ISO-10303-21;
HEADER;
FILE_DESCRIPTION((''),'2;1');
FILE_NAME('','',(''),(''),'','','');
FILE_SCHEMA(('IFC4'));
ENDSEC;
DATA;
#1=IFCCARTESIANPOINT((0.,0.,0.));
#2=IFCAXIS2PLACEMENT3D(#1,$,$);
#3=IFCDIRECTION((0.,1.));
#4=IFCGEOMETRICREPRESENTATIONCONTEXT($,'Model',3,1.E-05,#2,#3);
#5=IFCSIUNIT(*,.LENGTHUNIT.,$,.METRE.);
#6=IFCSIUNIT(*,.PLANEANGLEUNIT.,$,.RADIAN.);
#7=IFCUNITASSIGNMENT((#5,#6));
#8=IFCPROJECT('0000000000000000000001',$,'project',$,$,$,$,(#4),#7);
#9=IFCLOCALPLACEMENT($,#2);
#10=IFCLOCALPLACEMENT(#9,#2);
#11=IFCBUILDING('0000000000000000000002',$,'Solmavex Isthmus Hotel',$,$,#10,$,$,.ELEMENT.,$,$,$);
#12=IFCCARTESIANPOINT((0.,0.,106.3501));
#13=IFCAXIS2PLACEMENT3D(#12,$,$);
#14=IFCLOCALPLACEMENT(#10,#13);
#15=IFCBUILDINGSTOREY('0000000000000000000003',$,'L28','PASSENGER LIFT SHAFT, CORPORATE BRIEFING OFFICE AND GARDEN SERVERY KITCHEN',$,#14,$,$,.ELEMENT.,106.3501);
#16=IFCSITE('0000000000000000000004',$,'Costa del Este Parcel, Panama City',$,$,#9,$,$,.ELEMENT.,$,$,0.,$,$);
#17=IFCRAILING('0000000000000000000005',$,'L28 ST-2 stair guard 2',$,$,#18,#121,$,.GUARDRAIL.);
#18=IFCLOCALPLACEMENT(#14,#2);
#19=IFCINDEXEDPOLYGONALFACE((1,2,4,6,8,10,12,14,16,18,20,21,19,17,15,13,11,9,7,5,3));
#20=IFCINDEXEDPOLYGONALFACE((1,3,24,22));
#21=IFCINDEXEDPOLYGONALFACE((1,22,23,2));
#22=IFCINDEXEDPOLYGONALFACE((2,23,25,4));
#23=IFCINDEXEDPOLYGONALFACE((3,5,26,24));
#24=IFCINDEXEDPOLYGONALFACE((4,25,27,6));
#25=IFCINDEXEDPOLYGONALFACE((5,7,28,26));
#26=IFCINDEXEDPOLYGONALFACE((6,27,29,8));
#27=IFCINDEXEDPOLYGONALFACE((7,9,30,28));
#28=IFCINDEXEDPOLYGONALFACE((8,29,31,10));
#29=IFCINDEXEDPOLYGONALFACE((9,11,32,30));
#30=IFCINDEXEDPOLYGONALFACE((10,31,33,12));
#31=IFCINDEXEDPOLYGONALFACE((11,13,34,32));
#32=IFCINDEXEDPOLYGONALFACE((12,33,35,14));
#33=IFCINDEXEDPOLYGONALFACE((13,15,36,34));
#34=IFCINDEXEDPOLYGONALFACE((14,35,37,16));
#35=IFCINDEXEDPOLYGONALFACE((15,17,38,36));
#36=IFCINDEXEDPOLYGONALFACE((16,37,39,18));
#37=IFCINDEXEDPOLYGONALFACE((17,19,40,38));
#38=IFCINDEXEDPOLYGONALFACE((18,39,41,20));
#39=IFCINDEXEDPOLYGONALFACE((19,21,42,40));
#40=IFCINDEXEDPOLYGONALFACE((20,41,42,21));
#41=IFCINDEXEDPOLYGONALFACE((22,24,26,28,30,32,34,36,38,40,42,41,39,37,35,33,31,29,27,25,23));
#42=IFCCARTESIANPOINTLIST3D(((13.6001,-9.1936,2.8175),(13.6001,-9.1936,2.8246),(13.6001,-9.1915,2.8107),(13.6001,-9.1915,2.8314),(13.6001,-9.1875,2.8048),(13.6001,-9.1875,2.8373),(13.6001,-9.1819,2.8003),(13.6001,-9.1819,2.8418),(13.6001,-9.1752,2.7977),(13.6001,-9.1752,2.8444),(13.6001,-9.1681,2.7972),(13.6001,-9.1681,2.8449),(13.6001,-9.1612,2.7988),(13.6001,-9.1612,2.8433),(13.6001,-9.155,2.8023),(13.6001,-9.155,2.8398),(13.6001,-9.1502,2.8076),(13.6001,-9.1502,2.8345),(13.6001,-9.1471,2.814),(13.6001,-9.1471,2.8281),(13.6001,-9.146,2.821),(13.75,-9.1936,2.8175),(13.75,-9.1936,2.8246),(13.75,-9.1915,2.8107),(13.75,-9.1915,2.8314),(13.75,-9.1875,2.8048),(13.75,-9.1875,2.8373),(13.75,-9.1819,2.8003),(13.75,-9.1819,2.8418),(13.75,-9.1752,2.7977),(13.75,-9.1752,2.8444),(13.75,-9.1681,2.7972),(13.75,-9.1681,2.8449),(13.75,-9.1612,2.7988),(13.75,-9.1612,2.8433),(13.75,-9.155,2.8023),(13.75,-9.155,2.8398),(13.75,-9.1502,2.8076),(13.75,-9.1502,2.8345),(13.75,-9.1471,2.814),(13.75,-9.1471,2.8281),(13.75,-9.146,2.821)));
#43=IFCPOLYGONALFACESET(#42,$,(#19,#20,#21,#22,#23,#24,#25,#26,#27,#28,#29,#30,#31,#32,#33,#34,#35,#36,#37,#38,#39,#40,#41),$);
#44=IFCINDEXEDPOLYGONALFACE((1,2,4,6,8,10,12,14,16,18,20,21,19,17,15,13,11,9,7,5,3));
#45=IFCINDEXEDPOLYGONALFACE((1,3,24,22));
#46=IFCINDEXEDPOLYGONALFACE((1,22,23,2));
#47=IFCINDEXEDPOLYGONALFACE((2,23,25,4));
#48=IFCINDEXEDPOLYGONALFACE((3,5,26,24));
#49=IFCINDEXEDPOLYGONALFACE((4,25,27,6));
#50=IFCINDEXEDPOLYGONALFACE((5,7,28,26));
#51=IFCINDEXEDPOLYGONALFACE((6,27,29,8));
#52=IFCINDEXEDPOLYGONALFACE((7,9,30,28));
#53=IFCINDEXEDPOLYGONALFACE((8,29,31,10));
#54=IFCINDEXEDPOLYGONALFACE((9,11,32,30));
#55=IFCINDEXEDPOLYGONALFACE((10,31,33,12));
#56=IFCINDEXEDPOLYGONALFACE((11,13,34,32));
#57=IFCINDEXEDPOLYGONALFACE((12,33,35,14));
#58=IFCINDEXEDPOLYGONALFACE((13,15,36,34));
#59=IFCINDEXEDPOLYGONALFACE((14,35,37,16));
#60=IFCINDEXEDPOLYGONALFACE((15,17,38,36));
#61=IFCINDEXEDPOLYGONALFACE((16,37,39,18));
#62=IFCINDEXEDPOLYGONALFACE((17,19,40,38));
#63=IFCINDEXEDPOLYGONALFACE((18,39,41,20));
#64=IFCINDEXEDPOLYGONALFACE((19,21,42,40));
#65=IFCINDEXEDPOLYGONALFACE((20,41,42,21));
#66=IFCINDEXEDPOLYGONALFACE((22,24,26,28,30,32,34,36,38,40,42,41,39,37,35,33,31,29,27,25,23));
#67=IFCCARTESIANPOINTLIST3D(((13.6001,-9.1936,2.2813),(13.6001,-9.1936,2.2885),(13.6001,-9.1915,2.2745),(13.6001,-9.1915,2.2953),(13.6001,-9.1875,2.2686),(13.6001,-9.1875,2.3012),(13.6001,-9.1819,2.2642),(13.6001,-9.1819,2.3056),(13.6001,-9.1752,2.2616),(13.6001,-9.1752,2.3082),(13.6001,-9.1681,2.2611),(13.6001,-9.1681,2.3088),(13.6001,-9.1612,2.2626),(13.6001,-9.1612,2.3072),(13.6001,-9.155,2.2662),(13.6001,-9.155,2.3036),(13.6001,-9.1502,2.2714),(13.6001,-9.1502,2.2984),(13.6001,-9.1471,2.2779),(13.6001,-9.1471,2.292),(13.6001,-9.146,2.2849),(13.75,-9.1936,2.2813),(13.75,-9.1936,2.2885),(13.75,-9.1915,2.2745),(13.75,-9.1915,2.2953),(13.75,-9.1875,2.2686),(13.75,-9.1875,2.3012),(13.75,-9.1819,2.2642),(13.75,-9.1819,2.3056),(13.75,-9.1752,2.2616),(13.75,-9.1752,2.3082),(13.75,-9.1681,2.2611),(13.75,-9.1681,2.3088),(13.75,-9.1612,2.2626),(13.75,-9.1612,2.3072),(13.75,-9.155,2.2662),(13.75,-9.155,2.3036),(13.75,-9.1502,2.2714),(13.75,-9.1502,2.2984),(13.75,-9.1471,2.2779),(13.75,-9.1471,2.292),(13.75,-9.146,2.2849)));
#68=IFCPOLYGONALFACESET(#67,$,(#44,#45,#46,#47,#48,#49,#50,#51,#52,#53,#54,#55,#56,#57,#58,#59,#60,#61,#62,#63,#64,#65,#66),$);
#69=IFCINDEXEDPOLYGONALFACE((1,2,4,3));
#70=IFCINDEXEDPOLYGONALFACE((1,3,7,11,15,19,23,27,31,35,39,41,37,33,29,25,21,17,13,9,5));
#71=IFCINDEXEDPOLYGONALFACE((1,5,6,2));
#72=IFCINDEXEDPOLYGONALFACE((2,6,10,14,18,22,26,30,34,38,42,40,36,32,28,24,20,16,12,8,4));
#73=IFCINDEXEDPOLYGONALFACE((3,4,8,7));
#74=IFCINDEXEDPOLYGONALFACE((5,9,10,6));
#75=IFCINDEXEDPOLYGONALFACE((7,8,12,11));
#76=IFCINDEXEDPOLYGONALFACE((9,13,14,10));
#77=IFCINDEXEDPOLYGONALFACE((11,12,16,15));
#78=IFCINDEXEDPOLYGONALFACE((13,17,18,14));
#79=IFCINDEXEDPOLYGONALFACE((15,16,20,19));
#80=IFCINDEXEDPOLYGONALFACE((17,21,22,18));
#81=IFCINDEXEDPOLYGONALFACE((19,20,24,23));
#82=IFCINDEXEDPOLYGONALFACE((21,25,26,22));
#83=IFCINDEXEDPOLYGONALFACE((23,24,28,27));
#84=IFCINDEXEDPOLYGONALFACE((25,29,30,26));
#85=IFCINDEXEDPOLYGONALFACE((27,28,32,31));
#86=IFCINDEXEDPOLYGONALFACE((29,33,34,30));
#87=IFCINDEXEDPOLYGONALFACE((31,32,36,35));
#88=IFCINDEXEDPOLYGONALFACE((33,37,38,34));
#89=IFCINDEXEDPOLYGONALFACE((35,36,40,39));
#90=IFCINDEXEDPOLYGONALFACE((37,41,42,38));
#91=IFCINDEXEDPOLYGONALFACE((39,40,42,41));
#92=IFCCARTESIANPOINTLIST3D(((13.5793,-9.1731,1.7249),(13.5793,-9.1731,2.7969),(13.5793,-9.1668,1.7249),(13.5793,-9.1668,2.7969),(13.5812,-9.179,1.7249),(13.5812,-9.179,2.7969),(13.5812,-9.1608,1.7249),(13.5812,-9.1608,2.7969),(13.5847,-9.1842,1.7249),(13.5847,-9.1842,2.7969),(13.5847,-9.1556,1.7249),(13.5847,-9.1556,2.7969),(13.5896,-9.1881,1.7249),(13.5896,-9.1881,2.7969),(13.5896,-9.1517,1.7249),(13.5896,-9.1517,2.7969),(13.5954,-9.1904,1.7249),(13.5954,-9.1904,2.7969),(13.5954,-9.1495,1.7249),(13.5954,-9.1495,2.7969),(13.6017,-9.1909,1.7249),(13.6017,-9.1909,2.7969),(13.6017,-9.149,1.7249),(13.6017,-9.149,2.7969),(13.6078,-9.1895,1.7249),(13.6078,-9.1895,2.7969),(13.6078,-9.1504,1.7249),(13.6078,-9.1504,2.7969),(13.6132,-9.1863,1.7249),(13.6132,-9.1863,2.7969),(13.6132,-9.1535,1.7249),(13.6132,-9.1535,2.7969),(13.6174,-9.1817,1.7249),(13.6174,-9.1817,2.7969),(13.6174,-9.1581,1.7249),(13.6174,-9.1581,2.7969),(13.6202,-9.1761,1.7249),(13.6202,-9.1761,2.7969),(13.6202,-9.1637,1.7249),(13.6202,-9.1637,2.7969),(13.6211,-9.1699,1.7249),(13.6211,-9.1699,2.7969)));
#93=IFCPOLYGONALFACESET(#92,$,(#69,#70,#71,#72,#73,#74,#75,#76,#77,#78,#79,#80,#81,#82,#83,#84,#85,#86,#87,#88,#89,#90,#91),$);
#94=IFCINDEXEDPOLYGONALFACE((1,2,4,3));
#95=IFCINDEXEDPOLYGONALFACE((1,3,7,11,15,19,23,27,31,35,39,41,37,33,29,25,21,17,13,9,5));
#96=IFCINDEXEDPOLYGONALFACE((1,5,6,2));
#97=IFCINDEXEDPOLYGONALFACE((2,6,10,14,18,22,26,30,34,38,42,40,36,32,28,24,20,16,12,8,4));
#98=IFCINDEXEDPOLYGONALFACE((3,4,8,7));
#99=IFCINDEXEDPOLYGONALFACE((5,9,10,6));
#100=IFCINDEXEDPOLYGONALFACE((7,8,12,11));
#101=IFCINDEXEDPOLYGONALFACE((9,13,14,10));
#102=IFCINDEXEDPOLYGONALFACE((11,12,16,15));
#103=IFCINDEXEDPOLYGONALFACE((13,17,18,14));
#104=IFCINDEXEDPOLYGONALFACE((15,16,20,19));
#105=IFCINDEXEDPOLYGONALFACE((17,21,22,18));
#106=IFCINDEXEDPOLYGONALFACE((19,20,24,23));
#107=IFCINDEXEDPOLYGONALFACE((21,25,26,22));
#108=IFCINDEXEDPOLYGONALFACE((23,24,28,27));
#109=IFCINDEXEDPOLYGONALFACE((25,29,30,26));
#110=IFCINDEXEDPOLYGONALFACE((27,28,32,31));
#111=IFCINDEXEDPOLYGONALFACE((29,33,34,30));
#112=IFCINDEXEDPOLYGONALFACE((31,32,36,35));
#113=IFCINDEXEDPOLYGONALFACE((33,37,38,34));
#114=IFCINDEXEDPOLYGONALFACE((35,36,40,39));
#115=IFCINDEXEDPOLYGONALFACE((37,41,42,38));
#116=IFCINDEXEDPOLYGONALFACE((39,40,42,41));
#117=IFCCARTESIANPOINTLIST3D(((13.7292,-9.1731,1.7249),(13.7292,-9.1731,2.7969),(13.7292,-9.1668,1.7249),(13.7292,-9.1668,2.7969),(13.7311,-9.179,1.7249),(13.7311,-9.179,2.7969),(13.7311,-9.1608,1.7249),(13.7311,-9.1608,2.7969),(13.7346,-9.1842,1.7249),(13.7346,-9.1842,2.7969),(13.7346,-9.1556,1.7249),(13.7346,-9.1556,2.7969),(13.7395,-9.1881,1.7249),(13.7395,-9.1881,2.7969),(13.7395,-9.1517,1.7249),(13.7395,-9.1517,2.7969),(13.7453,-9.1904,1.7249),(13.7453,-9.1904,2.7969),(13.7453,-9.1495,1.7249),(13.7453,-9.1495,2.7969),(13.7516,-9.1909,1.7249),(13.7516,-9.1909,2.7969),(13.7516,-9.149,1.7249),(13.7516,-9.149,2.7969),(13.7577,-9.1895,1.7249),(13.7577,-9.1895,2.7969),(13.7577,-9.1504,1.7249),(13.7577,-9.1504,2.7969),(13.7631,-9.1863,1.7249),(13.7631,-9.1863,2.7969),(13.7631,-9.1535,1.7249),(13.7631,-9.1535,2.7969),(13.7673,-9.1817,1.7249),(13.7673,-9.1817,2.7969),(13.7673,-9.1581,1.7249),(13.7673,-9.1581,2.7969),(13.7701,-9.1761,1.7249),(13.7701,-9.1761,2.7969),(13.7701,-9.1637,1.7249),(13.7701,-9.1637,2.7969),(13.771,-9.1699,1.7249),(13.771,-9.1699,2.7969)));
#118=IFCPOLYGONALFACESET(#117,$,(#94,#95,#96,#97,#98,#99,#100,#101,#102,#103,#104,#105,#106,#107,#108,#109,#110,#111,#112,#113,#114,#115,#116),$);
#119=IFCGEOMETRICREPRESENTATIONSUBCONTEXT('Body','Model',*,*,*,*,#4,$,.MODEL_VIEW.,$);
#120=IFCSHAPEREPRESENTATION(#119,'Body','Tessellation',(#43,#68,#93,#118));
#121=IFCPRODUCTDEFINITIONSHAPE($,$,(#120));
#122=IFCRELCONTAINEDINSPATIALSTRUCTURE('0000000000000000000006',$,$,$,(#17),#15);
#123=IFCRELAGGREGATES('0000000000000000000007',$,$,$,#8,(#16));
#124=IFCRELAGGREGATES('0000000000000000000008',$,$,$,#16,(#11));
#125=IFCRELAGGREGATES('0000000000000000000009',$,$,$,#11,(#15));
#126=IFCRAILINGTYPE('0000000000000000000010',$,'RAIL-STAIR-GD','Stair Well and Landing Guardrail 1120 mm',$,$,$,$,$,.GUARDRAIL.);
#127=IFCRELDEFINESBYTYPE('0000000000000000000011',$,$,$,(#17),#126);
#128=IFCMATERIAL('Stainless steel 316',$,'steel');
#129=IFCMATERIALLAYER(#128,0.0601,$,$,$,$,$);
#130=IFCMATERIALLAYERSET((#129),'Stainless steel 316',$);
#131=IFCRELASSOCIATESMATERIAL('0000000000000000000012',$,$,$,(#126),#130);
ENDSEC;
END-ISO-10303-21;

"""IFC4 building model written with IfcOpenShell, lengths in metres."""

from ifc_helpers import new_model, si_unit, direction, frame, origin, origin_2d, place, context, subcontext, project, spatial, circle, extrude, material, layer, layer_set, type_object, element, save


model = new_model("IFC4")

# Units and contexts
model_context = context("Model", 3, precision=1e-05, world=origin(), true_north=direction((0.0, 1.0)))
body_context = subcontext(model_context, "Body", "Model", "MODEL_VIEW")
ifc_project = project(units=[si_unit("LENGTHUNIT", "METRE"), si_unit("PLANEANGLEUNIT", "RADIAN")], contexts=[model_context])

# Site, building, storey
site_placement = place(None, origin())
site = spatial("IfcSite", under=ifc_project, at=site_placement, Name="Costa del Este Parcel, Panama City", CompositionType="ELEMENT", RefElevation=0.0)
building_placement = place(site_placement, origin())
building = spatial("IfcBuilding", under=site, at=building_placement, Name="Solmavex Isthmus Hotel", CompositionType="ELEMENT")
storey_placement = place(building_placement, frame((0.0, 0.0, 106.3501)))
storey = spatial("IfcBuildingStorey", under=building, at=storey_placement, Name="L28", Description="PASSENGER LIFT SHAFT, CORPORATE BRIEFING OFFICE AND GARDEN SERVERY KITCHEN", CompositionType="ELEMENT", Elevation=106.3501)

# Railing
ifc_material_1 = material(Name="Stainless steel 316", Category="steel")
ifc_layer_1 = layer(ifc_material_1, 0.0601)
ifc_layer_set_1 = layer_set([ifc_layer_1], Name="Stainless steel 316")
railing_type_1 = type_object("IfcRailingType", Name="RAIL-STAIR-GD", Description="Stair Well and Landing Guardrail 1120 mm", PredefinedType="GUARDRAIL", material=ifc_layer_set_1)
railing_1_placement = place(storey_placement, frame((13.6001, -9.1699, 1.7249)))
element("IfcRailing", 1, at=railing_1_placement, inside=storey, type_object=railing_type_1, Name="L28 ST-2 stair guard 2", PredefinedType="GUARDRAIL", context=body_context, shape_type="SweptSolid", body=[
    extrude(circle(Radius=0.0239, at=origin_2d()), frame((0.0, 0.0, 1.0962), z_axis=(1.0, 0.0, 0.0), x_axis=(0.0, 1.0, 0.0)), (0.0, 0.0, 1.0), 0.1499),
    extrude(circle(Radius=0.0239, at=origin_2d()), frame((0.0, 0.0, 0.5601), z_axis=(1.0, 0.0, 0.0), x_axis=(0.0, 1.0, 0.0)), (0.0, 0.0, 1.0), 0.1499),
    extrude(circle(Radius=0.021, at=origin_2d()), origin(), (0.0, 0.0, 1.0), 1.072),
    extrude(circle(Radius=0.021, at=origin_2d()), frame((0.1499, 0.0, 0.0)), (0.0, 0.0, 1.0), 1.072),
])

save(model, "model.ifc")
